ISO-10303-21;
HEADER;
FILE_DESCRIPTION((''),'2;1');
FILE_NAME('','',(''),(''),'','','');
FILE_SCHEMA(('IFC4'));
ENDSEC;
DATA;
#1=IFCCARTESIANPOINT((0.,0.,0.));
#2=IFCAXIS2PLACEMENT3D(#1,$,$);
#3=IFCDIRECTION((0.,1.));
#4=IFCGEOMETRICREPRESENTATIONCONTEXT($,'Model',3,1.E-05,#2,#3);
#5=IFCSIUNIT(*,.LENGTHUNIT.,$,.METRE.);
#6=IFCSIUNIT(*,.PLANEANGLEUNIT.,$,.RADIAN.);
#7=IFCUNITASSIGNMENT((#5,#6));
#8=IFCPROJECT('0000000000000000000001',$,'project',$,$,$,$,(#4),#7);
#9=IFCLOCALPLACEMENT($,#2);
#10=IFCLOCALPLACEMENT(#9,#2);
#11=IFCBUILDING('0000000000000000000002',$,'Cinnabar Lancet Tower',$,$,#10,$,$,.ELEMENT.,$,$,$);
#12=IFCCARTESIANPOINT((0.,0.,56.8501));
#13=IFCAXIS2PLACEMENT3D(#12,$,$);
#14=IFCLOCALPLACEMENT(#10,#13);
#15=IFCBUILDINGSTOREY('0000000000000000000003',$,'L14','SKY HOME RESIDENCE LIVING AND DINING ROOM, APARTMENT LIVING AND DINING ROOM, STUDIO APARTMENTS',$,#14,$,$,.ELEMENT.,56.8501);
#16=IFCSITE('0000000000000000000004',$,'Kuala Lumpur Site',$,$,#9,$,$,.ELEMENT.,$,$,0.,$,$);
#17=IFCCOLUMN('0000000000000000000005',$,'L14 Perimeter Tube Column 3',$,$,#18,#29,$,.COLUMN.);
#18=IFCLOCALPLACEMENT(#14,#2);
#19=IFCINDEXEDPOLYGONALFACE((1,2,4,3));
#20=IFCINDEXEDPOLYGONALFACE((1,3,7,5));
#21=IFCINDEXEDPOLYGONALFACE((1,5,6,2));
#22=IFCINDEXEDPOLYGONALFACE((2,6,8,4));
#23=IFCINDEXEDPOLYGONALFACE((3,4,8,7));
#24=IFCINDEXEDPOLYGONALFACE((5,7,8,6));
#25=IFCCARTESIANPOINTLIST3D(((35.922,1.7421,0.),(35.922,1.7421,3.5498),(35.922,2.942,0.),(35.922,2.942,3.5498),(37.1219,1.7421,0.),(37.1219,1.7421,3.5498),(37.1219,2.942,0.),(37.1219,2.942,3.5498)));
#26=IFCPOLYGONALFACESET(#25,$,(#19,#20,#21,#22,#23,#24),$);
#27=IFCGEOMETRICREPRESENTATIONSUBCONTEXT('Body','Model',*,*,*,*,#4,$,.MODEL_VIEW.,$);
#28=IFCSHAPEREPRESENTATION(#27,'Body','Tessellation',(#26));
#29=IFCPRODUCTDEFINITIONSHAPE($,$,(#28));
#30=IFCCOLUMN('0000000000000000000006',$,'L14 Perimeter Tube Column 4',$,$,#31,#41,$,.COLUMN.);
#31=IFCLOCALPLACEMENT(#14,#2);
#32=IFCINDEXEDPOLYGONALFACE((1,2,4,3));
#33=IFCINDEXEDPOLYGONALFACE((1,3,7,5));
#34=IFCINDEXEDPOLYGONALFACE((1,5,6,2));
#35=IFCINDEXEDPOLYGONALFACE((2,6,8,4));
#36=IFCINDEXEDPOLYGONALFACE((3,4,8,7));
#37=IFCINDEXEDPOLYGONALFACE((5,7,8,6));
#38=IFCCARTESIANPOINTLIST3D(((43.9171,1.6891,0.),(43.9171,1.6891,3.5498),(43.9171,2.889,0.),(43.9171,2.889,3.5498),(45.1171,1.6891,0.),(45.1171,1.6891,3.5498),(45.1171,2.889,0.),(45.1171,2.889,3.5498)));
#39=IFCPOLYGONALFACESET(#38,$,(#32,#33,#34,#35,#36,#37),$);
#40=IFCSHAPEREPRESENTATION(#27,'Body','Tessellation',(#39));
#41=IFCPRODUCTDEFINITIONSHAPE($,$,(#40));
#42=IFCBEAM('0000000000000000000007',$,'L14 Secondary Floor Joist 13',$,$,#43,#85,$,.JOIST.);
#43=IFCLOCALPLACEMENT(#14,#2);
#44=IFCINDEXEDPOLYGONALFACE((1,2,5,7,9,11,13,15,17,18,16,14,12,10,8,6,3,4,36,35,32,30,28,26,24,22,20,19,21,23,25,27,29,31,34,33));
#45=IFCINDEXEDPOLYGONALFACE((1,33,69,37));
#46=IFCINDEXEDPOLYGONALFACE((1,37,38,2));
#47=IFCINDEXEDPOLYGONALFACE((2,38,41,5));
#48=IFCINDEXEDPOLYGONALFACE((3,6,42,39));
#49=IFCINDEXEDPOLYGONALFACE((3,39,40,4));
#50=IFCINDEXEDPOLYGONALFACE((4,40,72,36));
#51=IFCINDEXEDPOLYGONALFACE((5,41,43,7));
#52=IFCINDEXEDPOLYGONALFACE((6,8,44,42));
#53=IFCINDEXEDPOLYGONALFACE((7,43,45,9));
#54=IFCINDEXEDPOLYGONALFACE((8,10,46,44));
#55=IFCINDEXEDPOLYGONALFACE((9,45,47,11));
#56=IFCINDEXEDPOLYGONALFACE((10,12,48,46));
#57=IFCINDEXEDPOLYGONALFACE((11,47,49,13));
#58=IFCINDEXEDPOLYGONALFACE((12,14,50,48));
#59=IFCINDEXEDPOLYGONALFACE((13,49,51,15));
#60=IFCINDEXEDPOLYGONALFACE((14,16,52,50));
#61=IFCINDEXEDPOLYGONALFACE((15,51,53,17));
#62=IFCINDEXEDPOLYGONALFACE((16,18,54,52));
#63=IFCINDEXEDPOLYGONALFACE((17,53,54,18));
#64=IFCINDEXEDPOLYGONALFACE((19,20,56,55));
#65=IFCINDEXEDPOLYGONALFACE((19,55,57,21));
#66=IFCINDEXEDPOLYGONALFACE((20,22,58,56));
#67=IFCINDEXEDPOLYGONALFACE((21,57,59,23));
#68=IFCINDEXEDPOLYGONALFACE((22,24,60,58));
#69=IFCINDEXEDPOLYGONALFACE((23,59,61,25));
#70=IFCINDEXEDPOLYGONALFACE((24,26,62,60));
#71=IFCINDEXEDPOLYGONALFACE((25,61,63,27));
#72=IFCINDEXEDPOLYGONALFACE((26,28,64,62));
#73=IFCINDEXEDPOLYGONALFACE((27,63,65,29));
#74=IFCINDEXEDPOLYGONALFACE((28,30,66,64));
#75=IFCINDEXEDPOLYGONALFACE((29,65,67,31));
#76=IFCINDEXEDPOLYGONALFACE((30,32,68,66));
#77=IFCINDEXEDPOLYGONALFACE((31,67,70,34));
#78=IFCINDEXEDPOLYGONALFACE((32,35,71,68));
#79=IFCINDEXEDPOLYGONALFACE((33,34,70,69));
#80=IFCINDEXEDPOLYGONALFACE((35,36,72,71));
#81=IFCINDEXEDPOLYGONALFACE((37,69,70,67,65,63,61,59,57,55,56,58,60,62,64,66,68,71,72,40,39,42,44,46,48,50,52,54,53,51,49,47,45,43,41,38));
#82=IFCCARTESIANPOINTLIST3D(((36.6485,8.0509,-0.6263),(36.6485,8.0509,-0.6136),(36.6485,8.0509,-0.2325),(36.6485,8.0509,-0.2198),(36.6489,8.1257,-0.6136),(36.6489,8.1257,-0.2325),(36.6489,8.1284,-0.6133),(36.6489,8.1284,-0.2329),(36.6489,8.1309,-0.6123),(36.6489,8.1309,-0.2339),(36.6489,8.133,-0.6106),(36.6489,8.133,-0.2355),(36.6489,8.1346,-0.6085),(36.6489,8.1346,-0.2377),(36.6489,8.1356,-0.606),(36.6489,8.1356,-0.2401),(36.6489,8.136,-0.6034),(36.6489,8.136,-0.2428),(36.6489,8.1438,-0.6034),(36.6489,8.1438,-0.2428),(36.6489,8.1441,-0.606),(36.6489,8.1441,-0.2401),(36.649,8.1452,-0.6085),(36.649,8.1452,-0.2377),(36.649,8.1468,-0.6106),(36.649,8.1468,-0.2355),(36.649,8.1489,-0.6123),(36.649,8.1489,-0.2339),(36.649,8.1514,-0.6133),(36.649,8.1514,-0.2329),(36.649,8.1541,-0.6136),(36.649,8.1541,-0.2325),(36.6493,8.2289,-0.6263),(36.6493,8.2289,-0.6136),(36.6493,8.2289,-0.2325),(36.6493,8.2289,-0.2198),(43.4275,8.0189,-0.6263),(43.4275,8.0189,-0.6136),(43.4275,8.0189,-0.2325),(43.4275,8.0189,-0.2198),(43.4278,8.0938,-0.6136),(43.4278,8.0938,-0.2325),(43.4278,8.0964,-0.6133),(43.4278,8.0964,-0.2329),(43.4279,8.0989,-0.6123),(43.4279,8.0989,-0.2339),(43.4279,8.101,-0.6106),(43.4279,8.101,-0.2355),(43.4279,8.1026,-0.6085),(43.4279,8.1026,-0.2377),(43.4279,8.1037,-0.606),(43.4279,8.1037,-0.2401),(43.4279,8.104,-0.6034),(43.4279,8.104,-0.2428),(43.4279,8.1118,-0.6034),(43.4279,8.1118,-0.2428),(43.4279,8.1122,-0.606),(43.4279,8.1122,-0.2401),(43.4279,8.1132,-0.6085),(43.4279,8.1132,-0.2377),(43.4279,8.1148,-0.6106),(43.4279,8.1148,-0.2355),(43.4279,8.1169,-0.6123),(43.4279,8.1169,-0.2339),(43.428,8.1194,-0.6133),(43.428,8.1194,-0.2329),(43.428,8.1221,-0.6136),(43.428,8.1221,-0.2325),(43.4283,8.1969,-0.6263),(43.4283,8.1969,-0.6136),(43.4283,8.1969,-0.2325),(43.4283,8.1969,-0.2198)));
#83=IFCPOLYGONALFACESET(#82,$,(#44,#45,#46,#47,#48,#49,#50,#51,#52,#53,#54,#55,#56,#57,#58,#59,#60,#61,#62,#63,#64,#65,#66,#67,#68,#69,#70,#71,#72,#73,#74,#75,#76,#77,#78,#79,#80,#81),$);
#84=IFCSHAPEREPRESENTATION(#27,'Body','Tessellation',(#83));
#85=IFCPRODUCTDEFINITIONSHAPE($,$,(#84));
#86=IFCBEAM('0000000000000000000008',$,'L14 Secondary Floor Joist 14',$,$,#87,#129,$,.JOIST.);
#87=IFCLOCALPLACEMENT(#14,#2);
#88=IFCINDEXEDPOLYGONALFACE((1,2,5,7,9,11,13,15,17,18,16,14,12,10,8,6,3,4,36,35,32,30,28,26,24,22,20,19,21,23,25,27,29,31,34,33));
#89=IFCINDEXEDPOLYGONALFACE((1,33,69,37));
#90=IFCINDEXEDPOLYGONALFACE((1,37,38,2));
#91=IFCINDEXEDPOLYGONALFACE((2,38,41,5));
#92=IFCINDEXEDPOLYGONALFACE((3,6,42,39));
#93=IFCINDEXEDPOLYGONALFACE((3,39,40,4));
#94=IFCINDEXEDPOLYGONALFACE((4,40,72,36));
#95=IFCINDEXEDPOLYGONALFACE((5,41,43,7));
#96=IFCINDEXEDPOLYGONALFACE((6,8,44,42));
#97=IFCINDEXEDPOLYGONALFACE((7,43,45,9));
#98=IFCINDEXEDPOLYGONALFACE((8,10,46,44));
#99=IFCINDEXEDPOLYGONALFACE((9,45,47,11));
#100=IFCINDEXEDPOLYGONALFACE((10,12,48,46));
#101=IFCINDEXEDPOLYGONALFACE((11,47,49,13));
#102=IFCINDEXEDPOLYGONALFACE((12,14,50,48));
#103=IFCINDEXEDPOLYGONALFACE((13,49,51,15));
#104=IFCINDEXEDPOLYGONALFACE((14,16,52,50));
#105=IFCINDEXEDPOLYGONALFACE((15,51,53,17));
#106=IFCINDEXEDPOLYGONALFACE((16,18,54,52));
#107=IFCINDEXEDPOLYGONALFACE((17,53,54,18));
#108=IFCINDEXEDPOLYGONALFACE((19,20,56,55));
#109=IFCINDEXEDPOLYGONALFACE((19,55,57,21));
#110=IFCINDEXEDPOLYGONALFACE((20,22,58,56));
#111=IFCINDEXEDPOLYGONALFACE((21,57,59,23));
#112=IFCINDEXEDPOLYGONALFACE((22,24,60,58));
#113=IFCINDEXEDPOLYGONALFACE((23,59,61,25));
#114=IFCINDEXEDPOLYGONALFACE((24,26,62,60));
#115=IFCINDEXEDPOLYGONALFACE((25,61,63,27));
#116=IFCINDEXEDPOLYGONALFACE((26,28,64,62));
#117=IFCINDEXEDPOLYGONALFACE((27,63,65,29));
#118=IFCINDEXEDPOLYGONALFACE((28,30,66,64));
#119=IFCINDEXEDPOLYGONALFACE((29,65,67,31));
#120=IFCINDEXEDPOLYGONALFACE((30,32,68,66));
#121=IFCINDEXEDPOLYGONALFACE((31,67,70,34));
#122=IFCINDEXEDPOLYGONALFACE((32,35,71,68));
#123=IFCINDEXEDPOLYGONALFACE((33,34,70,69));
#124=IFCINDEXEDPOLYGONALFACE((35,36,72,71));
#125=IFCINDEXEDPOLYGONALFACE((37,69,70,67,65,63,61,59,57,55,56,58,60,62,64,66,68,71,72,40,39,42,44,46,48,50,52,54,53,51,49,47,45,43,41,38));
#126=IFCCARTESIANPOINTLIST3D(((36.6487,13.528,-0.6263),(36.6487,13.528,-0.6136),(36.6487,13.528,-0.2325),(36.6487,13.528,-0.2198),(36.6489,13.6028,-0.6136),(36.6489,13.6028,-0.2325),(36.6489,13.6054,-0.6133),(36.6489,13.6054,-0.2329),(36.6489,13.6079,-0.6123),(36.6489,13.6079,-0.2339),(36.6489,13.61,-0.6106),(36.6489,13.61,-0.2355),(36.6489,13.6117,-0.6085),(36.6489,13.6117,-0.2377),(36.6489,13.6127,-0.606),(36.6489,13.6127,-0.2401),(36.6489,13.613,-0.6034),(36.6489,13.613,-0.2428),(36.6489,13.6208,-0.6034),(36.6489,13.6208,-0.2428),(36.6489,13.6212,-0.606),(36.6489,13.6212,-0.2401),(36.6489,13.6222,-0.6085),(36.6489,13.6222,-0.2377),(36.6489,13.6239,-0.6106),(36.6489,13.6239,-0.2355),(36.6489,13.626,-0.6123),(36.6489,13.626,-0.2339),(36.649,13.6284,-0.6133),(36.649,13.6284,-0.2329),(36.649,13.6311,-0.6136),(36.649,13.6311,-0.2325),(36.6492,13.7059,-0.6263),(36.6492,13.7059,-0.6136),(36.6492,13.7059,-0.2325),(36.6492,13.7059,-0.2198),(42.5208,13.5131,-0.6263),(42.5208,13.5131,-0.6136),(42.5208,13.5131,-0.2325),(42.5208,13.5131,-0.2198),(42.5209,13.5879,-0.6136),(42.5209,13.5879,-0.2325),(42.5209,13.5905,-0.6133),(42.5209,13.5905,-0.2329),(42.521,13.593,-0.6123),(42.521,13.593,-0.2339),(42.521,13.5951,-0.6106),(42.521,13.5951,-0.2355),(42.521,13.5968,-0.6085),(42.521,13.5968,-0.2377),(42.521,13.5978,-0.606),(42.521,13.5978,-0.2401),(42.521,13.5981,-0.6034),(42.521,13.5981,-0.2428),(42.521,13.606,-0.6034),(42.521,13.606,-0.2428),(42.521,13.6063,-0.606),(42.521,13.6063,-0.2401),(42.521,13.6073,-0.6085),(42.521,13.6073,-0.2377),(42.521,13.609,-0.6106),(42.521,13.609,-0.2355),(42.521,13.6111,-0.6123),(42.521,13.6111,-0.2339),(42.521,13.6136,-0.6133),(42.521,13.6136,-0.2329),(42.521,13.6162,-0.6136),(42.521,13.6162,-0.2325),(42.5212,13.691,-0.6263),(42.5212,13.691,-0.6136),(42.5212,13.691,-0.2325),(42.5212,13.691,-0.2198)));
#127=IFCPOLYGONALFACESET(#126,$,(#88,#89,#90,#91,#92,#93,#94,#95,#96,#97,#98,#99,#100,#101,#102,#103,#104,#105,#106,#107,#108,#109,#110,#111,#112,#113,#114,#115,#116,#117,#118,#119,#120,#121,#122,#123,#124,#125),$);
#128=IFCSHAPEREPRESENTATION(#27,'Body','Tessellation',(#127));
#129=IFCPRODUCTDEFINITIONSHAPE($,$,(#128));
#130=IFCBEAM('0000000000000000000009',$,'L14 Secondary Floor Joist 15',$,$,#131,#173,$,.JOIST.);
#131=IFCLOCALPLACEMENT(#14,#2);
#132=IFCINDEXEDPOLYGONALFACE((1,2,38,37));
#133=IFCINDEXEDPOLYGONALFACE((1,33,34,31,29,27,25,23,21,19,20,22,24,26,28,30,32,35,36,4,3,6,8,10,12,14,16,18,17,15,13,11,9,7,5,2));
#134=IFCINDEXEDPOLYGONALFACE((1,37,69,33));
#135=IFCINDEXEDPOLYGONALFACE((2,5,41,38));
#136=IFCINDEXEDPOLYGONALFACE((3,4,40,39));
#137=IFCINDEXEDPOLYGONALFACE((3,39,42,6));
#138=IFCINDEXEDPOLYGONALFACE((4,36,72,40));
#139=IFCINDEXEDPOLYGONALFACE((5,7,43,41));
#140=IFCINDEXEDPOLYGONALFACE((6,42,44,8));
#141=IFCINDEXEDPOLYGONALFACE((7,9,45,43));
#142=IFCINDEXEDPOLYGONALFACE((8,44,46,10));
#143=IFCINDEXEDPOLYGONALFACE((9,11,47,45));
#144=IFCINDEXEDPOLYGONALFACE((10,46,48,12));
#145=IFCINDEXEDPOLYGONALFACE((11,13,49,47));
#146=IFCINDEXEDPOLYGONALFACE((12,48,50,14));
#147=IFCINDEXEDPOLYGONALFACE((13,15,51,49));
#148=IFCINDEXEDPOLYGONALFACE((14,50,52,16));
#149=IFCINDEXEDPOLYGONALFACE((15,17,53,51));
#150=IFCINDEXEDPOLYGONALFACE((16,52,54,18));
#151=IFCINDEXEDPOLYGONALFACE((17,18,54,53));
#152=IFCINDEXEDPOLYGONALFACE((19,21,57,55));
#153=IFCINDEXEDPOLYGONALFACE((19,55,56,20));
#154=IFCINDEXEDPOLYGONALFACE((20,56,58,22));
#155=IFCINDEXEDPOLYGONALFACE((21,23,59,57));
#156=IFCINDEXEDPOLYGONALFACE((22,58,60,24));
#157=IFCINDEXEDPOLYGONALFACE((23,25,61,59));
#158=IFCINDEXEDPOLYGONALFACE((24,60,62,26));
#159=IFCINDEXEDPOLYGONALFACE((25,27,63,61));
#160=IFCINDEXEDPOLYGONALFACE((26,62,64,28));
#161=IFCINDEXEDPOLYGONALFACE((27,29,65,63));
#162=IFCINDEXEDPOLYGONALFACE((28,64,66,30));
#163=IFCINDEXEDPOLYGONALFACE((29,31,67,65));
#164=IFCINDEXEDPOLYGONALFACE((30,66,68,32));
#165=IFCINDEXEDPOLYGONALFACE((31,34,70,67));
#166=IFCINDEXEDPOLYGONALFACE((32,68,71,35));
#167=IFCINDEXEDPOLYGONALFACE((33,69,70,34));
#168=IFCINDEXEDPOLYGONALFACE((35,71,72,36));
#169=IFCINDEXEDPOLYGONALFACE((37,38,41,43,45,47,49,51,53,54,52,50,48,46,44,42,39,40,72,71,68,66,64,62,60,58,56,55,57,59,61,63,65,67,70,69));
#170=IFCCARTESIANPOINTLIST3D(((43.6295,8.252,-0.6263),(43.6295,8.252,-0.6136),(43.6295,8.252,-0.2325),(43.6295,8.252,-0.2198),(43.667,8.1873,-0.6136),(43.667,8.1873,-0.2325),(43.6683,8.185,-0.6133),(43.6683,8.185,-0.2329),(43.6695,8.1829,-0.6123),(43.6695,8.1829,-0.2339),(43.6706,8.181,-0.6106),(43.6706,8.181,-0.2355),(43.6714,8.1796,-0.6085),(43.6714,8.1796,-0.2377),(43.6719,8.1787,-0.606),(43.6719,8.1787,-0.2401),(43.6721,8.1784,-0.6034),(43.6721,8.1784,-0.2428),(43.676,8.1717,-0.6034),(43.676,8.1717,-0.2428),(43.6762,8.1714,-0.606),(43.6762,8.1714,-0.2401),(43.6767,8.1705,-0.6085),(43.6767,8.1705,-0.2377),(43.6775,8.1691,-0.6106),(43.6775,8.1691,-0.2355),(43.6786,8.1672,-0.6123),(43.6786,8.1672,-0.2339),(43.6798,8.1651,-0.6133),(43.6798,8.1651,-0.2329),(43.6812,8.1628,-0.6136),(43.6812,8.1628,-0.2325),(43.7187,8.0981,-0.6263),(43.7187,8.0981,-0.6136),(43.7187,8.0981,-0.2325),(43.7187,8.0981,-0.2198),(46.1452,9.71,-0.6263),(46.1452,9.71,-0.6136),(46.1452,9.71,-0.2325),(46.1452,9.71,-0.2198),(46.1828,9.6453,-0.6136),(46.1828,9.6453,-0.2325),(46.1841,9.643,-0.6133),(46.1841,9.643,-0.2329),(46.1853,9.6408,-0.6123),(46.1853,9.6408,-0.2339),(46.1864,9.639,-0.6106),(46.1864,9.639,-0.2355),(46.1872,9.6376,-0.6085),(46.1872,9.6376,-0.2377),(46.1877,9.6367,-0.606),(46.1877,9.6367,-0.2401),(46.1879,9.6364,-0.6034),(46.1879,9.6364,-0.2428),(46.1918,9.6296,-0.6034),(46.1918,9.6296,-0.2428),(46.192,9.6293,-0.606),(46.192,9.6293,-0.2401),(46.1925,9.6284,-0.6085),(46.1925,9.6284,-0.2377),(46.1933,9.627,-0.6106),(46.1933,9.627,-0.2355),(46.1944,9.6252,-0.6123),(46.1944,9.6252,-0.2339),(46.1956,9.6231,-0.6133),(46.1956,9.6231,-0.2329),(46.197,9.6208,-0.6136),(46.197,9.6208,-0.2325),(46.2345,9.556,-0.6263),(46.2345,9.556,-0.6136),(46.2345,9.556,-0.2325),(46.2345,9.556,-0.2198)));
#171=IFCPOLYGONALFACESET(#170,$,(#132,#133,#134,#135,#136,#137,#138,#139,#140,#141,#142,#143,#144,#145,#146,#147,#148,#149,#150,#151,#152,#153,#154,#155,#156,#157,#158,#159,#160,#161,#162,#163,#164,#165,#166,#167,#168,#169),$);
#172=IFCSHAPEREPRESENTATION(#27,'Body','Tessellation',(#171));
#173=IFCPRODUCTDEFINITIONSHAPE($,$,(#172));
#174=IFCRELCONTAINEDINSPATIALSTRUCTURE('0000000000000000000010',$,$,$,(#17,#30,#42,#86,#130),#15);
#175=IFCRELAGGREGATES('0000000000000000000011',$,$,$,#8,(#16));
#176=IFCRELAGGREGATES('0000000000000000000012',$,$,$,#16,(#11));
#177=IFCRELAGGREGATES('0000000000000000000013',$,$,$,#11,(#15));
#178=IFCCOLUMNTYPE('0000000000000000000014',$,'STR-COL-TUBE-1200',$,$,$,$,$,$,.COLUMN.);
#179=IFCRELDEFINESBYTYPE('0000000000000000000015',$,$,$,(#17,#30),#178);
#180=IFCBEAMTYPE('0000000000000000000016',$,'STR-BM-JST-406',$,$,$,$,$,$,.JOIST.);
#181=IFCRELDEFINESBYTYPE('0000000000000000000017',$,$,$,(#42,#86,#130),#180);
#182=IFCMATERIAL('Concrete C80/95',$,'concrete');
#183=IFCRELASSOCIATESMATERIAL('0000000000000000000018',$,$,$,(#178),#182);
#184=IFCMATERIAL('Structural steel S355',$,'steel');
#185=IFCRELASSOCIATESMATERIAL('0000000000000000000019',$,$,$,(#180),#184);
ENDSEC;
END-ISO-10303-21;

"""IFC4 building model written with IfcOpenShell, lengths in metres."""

from ifc_helpers import new_model, si_unit, direction, frame, origin, origin_2d, place, context, subcontext, project, spatial, rectangle, i_section, extrude, material, material_profile, profile_set, type_object, element, save


model = new_model("IFC4")

# Units and contexts
model_context = context("Model", 3, precision=1e-05, world=origin(), true_north=direction((0.0, 1.0)))
body_context = subcontext(model_context, "Body", "Model", "MODEL_VIEW")
ifc_project = project(units=[si_unit("LENGTHUNIT", "METRE"), si_unit("PLANEANGLEUNIT", "RADIAN")], contexts=[model_context])

# Site, building, storey
site_placement = place(None, origin())
site = spatial("IfcSite", under=ifc_project, at=site_placement, Name="Kuala Lumpur Site", CompositionType="ELEMENT", RefElevation=0.0)
building_placement = place(site_placement, origin())
building = spatial("IfcBuilding", under=site, at=building_placement, Name="Cinnabar Lancet Tower", CompositionType="ELEMENT")
storey_placement = place(building_placement, frame((0.0, 0.0, 56.8501)))
storey = spatial("IfcBuildingStorey", under=building, at=storey_placement, Name="L14", Description="SKY HOME RESIDENCE LIVING AND DINING ROOM, APARTMENT LIVING AND DINING ROOM, STUDIO APARTMENTS", CompositionType="ELEMENT", Elevation=56.8501)

# Columns
ifc_material_1 = material(Name="Concrete C80/95", Category="concrete")
ifc_material_profile_1 = material_profile(ifc_material_1, rectangle(XDim=1.2, YDim=1.2, at=origin_2d()), Name="RC-COL 1200x1200")
ifc_profile_set_1 = profile_set([ifc_material_profile_1], Name="Concrete C80/95")
column_type = type_object("IfcColumnType", Name="STR-COL-TUBE-1200", PredefinedType="COLUMN", material=ifc_profile_set_1)
for number, where, z_axis, x_axis, name in (
    (1, (36.522, 2.342, 0.0), (0.0, 0.0, 1.0), (1.0, 0.0, 0.0), "L14 Perimeter Tube Column 3"),
    (2, (44.5171, 2.2891, 0.0), (0.0, 0.0, 1.0), (1.0, 0.0, 0.0), "L14 Perimeter Tube Column 4"),
):
    element("IfcColumn", number, at=place(storey_placement, frame(where, z_axis=z_axis, x_axis=x_axis)), inside=storey, type_object=column_type, Name=name, PredefinedType="COLUMN", context=body_context, shape_type="SweptSolid", body=[
        extrude(rectangle(XDim=1.2, YDim=1.2, at=origin_2d()), origin(), (0.0, 0.0, 1.0), 3.5498),
    ])

# Beams
ifc_material_2 = material(Name="Structural steel S355", Category="steel")
ifc_material_profile_2 = material_profile(ifc_material_2, i_section(OverallWidth=0.178, OverallDepth=0.4065, WebThickness=0.0078, FlangeThickness=0.0127, FilletRadius=0.0103, at=origin_2d()), Name="UKB 406x178x60")
ifc_profile_set_2 = profile_set([ifc_material_profile_2], Name="Structural steel S355")
beam_type_1 = type_object("IfcBeamType", Name="STR-BM-JST-406", PredefinedType="JOIST", material=ifc_profile_set_2)
beam_1_placement = place(storey_placement, frame((36.6489, 8.1399, -0.4231), z_axis=(0.999989, -0.004718, 0.0), x_axis=(0.004718, 0.999989, 0.0)))
element("IfcBeam", 3, at=beam_1_placement, inside=storey, type_object=beam_type_1, Name="L14 Secondary Floor Joist 13", PredefinedType="JOIST", context=body_context, shape_type="SweptSolid", body=[
    extrude(i_section(OverallWidth=0.178, OverallDepth=0.4065, WebThickness=0.0078, FlangeThickness=0.0127, FilletRadius=0.0103, at=origin_2d()), origin(), (0.0, 0.0, 1.0), 6.7791),
])
beam_2_placement = place(storey_placement, frame((36.6489, 13.6169, -0.4231), z_axis=(0.999997, -0.002536, 0.0), x_axis=(0.002536, 0.999997, 0.0)))
element("IfcBeam", 4, at=beam_2_placement, inside=storey, type_object=beam_type_1, Name="L14 Secondary Floor Joist 14", PredefinedType="JOIST", context=body_context, shape_type="SweptSolid", body=[
    extrude(i_section(OverallWidth=0.178, OverallDepth=0.4065, WebThickness=0.0078, FlangeThickness=0.0127, FilletRadius=0.0103, at=origin_2d()), origin(), (0.0, 0.0, 1.0), 5.8721),
])
beam_3_placement = place(storey_placement, frame((43.6741, 8.175, -0.4231), z_axis=(0.86521, 0.50141, 0.0), x_axis=(-0.50141, 0.86521, 0.0)))
element("IfcBeam", 5, at=beam_3_placement, inside=storey, type_object=beam_type_1, Name="L14 Secondary Floor Joist 15", PredefinedType="JOIST", context=body_context, shape_type="SweptSolid", body=[
    extrude(i_section(OverallWidth=0.178, OverallDepth=0.4065, WebThickness=0.0078, FlangeThickness=0.0127, FilletRadius=0.0103, at=origin_2d()), origin(), (0.0, 0.0, 1.0), 2.9077),
])

save(model, "model.ifc")
